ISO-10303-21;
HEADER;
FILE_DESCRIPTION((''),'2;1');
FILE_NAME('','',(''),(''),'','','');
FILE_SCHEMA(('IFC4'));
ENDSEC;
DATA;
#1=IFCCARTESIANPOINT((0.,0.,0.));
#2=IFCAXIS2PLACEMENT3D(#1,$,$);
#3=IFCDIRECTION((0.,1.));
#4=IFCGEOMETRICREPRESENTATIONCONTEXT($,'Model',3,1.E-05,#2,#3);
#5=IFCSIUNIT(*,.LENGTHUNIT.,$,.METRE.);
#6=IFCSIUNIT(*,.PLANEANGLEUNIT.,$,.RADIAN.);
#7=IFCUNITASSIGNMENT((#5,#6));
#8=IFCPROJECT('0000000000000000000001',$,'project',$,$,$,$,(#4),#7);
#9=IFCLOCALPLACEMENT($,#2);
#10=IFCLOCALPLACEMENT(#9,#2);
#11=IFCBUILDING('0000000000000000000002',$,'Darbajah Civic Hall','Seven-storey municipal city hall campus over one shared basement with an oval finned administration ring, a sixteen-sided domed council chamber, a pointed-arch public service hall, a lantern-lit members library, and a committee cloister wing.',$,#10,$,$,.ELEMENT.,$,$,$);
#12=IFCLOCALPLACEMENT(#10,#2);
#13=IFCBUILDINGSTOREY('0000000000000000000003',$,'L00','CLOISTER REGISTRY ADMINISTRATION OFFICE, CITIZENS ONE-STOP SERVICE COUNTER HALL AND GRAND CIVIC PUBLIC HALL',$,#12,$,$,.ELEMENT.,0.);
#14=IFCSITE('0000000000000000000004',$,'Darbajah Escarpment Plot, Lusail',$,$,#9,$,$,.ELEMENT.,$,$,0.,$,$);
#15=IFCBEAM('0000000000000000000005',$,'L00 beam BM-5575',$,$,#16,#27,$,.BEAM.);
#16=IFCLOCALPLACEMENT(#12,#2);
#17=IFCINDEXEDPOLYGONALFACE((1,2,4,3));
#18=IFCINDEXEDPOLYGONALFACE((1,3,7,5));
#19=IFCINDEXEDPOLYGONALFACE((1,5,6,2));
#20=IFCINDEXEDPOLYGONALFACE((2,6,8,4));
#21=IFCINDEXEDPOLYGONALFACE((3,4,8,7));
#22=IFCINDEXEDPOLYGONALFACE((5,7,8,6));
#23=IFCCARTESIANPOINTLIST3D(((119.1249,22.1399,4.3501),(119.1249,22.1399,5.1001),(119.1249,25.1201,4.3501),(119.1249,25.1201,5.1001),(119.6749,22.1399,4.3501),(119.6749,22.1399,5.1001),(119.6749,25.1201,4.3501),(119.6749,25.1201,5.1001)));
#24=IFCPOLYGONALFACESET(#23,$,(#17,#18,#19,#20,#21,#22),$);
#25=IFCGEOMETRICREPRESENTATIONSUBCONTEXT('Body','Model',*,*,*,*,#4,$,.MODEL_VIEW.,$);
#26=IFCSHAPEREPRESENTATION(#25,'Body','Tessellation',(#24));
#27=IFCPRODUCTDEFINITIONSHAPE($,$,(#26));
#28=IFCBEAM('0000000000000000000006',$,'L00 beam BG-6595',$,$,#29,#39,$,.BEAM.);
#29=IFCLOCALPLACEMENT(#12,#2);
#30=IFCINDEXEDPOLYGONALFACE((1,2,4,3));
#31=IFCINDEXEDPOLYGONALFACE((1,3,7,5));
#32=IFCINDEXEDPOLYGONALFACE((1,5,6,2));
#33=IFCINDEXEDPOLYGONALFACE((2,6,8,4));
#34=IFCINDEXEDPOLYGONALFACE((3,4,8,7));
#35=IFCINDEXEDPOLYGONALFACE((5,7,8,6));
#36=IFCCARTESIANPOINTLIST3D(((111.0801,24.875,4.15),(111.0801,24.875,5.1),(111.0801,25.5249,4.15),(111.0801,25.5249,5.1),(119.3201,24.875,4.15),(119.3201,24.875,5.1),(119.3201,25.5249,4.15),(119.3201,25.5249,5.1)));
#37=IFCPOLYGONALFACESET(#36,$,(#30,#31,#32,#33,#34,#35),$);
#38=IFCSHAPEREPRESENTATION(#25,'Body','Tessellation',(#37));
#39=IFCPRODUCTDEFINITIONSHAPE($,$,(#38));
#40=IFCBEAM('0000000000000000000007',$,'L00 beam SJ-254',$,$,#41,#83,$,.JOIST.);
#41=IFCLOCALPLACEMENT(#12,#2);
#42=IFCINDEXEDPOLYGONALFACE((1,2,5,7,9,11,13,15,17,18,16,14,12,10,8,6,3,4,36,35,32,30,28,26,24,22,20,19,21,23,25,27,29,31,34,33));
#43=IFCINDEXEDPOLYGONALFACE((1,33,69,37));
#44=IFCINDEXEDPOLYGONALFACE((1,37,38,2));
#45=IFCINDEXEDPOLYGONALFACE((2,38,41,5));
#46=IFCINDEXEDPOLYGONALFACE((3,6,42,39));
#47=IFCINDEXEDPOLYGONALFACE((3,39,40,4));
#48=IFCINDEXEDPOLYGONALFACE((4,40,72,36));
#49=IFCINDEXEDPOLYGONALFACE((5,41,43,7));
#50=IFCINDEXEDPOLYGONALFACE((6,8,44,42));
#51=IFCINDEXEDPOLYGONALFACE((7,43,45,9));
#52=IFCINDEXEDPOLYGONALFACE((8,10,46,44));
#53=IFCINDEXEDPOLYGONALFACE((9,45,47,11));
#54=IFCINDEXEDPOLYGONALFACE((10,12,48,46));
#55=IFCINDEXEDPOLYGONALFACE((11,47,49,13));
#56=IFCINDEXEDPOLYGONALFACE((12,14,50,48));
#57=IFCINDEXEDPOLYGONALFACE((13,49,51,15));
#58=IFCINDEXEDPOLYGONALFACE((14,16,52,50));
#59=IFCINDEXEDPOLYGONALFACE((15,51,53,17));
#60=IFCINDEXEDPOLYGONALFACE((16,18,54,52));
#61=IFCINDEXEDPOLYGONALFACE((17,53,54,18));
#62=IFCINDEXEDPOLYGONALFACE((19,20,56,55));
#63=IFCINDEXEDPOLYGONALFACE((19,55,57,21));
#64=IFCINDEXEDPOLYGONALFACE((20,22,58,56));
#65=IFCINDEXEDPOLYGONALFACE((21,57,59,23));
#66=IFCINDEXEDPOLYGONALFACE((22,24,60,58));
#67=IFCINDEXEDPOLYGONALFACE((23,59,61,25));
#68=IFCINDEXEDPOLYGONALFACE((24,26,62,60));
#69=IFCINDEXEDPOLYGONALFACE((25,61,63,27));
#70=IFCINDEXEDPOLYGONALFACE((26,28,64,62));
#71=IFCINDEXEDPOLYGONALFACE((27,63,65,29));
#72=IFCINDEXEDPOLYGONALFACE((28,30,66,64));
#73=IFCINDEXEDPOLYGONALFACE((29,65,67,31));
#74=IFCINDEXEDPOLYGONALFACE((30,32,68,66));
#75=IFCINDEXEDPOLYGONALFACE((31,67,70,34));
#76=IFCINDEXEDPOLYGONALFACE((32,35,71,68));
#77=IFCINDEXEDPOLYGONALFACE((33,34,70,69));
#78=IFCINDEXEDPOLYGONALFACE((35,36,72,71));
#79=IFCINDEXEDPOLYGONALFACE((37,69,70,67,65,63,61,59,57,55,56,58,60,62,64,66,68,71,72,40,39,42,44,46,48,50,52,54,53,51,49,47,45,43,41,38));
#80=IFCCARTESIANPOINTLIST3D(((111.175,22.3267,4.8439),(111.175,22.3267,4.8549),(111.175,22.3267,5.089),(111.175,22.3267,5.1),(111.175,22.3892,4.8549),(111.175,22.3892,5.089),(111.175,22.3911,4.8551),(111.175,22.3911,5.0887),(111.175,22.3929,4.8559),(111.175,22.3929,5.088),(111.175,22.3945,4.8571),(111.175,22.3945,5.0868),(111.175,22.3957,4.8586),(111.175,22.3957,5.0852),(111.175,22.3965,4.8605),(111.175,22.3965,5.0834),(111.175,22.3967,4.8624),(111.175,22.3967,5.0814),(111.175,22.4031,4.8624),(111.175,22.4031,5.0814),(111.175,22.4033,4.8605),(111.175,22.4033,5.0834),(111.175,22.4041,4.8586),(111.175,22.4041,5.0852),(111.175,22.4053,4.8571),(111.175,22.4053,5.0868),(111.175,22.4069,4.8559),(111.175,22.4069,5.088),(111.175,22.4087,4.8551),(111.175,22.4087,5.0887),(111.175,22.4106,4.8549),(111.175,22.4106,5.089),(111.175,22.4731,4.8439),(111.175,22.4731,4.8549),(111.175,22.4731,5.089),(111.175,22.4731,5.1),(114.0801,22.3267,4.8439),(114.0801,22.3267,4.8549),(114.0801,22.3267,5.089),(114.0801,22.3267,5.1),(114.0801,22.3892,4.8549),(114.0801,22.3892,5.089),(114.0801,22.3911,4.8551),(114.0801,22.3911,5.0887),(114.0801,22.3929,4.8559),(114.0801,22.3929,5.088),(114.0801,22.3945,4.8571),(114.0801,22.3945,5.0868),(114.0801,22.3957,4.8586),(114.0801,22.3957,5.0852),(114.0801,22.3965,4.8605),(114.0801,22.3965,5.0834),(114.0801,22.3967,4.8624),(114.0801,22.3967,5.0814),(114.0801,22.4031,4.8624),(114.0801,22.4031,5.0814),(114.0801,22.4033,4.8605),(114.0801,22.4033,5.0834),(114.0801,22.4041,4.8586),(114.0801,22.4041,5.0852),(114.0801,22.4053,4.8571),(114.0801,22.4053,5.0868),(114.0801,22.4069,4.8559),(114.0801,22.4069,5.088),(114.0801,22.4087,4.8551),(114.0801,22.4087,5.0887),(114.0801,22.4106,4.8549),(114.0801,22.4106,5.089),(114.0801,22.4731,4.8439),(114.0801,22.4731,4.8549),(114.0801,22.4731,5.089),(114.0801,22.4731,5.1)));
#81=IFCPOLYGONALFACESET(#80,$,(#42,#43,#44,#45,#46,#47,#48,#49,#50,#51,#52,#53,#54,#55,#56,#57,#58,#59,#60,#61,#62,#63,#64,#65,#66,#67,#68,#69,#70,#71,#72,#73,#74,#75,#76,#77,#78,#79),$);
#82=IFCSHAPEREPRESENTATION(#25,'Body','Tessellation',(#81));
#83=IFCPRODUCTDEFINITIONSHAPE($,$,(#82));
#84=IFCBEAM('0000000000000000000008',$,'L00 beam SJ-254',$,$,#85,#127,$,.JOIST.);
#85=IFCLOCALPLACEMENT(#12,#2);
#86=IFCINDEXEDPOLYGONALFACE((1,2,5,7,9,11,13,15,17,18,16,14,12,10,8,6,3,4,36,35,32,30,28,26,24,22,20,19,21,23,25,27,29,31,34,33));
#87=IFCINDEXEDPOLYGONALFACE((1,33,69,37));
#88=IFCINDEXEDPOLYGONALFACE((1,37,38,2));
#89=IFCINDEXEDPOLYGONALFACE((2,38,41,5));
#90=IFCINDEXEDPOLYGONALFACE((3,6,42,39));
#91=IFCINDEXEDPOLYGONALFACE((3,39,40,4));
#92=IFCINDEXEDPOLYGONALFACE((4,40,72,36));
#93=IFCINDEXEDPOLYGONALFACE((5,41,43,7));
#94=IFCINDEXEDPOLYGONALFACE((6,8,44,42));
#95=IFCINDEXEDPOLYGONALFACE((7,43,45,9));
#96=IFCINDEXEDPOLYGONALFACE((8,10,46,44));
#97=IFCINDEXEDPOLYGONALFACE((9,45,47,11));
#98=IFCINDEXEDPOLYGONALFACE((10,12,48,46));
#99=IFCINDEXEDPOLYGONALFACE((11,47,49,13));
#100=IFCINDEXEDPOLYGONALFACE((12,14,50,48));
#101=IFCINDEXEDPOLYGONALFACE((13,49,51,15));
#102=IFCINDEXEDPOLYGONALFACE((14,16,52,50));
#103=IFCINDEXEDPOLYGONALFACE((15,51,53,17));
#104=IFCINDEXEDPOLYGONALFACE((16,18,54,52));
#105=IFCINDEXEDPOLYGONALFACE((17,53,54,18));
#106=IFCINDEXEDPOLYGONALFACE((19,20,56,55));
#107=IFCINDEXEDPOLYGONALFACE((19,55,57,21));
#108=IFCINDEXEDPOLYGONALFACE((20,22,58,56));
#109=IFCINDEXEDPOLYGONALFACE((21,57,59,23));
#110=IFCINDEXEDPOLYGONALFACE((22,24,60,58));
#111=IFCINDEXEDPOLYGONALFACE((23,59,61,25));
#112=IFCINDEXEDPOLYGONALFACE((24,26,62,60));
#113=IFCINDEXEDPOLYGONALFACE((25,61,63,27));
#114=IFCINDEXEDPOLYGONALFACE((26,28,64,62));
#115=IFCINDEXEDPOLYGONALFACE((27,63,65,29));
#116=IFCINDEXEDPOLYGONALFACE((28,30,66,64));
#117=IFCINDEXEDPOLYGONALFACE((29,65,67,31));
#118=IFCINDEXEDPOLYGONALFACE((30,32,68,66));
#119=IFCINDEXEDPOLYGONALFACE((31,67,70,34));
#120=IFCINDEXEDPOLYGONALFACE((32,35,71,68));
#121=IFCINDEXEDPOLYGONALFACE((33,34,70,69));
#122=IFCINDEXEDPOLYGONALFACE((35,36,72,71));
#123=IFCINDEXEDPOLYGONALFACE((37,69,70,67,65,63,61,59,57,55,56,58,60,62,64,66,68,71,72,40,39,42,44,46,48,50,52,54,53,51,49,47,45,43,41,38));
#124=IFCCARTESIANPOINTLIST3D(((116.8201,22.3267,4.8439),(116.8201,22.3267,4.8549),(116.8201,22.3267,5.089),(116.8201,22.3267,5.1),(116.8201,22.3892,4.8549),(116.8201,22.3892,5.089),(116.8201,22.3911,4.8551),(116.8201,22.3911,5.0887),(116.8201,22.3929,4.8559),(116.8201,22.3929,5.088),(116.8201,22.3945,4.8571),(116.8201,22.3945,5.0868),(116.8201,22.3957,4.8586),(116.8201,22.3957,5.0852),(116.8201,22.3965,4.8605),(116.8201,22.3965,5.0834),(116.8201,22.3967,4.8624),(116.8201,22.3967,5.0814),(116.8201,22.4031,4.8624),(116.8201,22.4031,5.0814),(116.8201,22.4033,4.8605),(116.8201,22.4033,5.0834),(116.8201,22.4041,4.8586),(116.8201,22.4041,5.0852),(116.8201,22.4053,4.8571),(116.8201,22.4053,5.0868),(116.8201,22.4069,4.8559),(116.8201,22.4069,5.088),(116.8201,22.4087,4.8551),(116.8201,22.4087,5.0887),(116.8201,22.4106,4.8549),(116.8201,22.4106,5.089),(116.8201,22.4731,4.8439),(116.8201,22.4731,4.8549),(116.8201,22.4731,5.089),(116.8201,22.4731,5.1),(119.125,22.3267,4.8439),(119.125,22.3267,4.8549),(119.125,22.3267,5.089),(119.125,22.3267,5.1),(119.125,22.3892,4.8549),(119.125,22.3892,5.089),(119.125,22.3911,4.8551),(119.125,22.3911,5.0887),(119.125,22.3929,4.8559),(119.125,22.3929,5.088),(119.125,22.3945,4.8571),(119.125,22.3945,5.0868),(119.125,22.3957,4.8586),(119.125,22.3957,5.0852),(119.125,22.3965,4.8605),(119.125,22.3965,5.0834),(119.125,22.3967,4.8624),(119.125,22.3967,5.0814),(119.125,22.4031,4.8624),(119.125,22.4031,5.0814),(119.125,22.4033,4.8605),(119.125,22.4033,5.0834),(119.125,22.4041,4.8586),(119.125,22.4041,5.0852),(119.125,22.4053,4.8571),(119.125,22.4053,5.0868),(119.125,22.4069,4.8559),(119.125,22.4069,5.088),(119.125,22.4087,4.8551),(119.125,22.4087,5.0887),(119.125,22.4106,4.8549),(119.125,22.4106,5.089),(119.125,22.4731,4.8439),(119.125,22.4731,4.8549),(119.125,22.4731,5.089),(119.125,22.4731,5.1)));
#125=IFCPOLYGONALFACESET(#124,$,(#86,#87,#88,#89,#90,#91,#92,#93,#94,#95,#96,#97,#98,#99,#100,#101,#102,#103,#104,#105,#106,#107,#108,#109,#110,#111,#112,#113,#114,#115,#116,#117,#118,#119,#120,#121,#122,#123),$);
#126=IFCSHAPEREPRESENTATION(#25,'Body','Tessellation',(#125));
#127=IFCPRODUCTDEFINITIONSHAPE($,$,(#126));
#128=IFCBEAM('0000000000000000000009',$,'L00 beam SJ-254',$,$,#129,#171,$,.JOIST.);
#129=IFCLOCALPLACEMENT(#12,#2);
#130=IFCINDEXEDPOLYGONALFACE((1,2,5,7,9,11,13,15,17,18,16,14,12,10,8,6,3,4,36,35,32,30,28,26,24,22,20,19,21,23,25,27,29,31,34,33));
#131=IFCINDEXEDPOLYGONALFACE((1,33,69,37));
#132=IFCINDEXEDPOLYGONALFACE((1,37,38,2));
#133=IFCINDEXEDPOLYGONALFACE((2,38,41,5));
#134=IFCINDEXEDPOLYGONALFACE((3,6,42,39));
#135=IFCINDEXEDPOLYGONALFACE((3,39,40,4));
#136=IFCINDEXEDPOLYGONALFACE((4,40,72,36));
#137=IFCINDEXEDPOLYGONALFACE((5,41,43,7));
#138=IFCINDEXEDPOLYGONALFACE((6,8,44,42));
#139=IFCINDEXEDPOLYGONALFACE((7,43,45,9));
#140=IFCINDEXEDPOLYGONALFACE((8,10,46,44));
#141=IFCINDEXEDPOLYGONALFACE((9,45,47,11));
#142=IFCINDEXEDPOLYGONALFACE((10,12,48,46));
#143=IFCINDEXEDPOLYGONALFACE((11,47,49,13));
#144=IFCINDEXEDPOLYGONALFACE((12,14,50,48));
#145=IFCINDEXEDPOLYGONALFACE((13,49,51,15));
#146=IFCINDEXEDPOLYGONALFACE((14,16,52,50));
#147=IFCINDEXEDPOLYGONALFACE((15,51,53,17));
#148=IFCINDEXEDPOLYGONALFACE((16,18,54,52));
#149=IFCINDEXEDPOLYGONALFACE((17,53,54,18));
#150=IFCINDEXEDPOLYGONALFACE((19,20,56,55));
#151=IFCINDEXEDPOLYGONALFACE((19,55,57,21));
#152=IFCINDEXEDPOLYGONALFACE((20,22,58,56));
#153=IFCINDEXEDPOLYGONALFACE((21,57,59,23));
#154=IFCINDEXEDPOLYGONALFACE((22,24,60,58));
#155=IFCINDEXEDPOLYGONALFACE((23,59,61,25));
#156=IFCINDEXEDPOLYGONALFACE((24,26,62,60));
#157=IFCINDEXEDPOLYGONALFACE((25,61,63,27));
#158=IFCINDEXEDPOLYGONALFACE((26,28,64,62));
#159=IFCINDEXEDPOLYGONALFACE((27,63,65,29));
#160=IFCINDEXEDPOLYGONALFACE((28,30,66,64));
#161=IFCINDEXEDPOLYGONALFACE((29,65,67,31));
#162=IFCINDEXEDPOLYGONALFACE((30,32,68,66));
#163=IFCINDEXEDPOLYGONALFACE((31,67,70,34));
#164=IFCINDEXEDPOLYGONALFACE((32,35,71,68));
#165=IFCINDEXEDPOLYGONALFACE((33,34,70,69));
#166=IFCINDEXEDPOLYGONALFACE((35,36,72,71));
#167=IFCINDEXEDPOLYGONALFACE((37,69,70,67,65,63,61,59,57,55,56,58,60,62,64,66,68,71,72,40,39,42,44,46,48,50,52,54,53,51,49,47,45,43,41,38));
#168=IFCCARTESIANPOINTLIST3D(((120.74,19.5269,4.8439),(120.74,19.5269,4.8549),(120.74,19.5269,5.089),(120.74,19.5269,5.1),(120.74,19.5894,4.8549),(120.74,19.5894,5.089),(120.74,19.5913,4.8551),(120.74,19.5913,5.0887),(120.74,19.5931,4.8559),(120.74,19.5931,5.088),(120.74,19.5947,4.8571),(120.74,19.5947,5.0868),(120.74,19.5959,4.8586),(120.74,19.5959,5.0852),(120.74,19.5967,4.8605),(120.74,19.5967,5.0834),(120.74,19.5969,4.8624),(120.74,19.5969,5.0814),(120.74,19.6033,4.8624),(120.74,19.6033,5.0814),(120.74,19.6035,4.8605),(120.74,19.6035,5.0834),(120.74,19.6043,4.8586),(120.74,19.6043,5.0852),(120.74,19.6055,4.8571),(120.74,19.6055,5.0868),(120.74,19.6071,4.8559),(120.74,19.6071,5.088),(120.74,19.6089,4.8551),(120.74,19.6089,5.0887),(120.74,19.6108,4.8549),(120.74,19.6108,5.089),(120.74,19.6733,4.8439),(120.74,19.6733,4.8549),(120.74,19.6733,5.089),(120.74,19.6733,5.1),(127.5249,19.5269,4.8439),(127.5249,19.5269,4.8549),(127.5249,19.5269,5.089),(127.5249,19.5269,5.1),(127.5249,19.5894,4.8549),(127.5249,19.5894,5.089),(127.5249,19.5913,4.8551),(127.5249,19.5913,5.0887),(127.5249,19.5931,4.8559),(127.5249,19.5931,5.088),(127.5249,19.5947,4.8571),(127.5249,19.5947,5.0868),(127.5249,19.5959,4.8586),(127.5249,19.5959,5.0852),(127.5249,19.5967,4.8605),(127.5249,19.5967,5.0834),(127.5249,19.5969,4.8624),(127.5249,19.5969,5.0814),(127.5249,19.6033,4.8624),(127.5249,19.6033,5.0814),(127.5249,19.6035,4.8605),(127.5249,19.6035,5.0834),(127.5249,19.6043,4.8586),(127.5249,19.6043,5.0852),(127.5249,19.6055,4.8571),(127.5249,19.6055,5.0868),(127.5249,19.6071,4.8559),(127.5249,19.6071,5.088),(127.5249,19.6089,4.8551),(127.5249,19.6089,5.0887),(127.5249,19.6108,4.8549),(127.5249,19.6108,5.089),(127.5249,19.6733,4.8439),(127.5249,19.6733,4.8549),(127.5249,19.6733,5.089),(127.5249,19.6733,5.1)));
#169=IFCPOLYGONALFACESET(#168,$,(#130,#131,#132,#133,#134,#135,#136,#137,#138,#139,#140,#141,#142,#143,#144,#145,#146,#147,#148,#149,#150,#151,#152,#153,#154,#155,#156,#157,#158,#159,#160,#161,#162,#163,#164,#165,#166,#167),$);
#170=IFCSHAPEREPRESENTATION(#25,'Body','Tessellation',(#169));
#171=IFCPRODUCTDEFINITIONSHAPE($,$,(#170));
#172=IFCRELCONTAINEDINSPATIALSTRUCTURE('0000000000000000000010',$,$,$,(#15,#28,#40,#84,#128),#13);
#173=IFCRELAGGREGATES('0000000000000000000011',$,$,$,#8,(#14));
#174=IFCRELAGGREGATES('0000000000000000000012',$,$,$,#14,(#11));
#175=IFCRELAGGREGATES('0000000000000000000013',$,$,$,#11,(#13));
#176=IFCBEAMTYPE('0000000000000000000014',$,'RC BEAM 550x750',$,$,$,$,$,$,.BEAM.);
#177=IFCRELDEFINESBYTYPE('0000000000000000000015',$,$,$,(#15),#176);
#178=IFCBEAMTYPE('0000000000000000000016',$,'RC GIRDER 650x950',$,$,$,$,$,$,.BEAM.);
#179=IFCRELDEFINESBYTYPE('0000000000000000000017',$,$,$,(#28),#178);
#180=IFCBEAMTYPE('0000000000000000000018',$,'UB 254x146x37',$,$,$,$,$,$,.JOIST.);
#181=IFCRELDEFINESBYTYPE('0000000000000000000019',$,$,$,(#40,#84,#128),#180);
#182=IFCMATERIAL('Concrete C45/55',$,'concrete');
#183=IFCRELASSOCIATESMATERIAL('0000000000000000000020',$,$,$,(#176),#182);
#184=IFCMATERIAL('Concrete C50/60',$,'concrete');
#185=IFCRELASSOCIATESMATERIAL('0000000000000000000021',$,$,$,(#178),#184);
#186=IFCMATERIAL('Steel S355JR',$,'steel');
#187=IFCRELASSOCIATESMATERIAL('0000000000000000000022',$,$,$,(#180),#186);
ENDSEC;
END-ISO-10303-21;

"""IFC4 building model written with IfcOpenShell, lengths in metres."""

from ifc_helpers import new_model, si_unit, direction, frame, origin, origin_2d, place, context, subcontext, project, spatial, rectangle, i_section, extrude, material, material_profile, profile_set, type_object, element, save


model = new_model("IFC4")

# Units and contexts
model_context = context("Model", 3, precision=1e-05, world=origin(), true_north=direction((0.0, 1.0)))
body_context = subcontext(model_context, "Body", "Model", "MODEL_VIEW")
ifc_project = project(units=[si_unit("LENGTHUNIT", "METRE"), si_unit("PLANEANGLEUNIT", "RADIAN")], contexts=[model_context])

# Site, building, storey
site_placement = place(None, origin())
site = spatial("IfcSite", under=ifc_project, at=site_placement, Name="Darbajah Escarpment Plot, Lusail", CompositionType="ELEMENT", RefElevation=0.0)
building_placement = place(site_placement, origin())
building = spatial("IfcBuilding", under=site, at=building_placement, Name="Darbajah Civic Hall", Description="Seven-storey municipal city hall campus over one shared basement with an oval finned administration ring, a sixteen-sided domed council chamber, a pointed-arch public service hall, a lantern-lit members library, and a committee cloister wing.", CompositionType="ELEMENT")
storey_placement = place(building_placement, origin())
storey = spatial("IfcBuildingStorey", under=building, at=storey_placement, Name="L00", Description="CLOISTER REGISTRY ADMINISTRATION OFFICE, CITIZENS ONE-STOP SERVICE COUNTER HALL AND GRAND CIVIC PUBLIC HALL", CompositionType="ELEMENT", Elevation=0.0)

# Beams
ifc_material_1 = material(Name="Concrete C45/55", Category="concrete")
ifc_material_profile_1 = material_profile(ifc_material_1, rectangle(XDim=0.55, YDim=0.75, at=origin_2d()), Name="RC BEAM 550x750")
ifc_profile_set_1 = profile_set([ifc_material_profile_1], Name="Concrete C45/55")
beam_type_1 = type_object("IfcBeamType", Name="RC BEAM 550x750", PredefinedType="BEAM", material=ifc_profile_set_1)
beam_1_placement = place(storey_placement, frame((119.3999, 22.1399, 4.7251), z_axis=(0.0, 1.0, 0.0), x_axis=(-1.0, 0.0, 0.0)))
element("IfcBeam", 1, at=beam_1_placement, inside=storey, type_object=beam_type_1, Name="L00 beam BM-5575", PredefinedType="BEAM", context=body_context, shape_type="SweptSolid", body=[
    extrude(rectangle(XDim=0.55, YDim=0.75, at=origin_2d()), origin(), (0.0, 0.0, 1.0), 2.9802),
])
ifc_material_2 = material(Name="Concrete C50/60", Category="concrete")
ifc_material_profile_2 = material_profile(ifc_material_2, rectangle(XDim=0.6499, YDim=0.95, at=origin_2d()), Name="RC GIRDER 650x950")
ifc_profile_set_2 = profile_set([ifc_material_profile_2], Name="Concrete C50/60")
beam_type_2 = type_object("IfcBeamType", Name="RC GIRDER 650x950", PredefinedType="BEAM", material=ifc_profile_set_2)
beam_2_placement = place(storey_placement, frame((111.0801, 25.2, 4.625), z_axis=(1.0, 0.0, 0.0), x_axis=(0.0, 1.0, 0.0)))
element("IfcBeam", 2, at=beam_2_placement, inside=storey, type_object=beam_type_2, Name="L00 beam BG-6595", PredefinedType="BEAM", context=body_context, shape_type="SweptSolid", body=[
    extrude(rectangle(XDim=0.6499, YDim=0.95, at=origin_2d()), origin(), (0.0, 0.0, 1.0), 8.24),
])
ifc_material_3 = material(Name="Steel S355JR", Category="steel")
ifc_material_profile_3 = material_profile(ifc_material_3, i_section(OverallWidth=0.1465, OverallDepth=0.2561, WebThickness=0.0063, FlangeThickness=0.011, FilletRadius=0.0076, at=origin_2d()), Name="UB 254x146x37")
ifc_profile_set_3 = profile_set([ifc_material_profile_3], Name="Steel S355JR")
beam_type_3 = type_object("IfcBeamType", Name="UB 254x146x37", PredefinedType="JOIST", material=ifc_profile_set_3)
beam_3_placement = place(storey_placement, frame((111.175, 22.3999, 4.9719), z_axis=(1.0, 0.0, 0.0), x_axis=(0.0, 1.0, 0.0)))
element("IfcBeam", 3, at=beam_3_placement, inside=storey, type_object=beam_type_3, Name="L00 beam SJ-254", PredefinedType="JOIST", context=body_context, shape_type="SweptSolid", body=[
    extrude(i_section(OverallWidth=0.1465, OverallDepth=0.2561, WebThickness=0.0063, FlangeThickness=0.011, FilletRadius=0.0076, at=origin_2d()), origin(), (0.0, 0.0, 1.0), 2.905),
])
beam_4_placement = place(storey_placement, frame((116.8201, 22.3999, 4.9719), z_axis=(1.0, 0.0, 0.0), x_axis=(0.0, 1.0, 0.0)))
element("IfcBeam", 4, at=beam_4_placement, inside=storey, type_object=beam_type_3, Name="L00 beam SJ-254", PredefinedType="JOIST", context=body_context, shape_type="SweptSolid", body=[
    extrude(i_section(OverallWidth=0.1465, OverallDepth=0.2561, WebThickness=0.0063, FlangeThickness=0.011, FilletRadius=0.0076, at=origin_2d()), origin(), (0.0, 0.0, 1.0), 2.3049),
])
beam_5_placement = place(storey_placement, frame((120.74, 19.6001, 4.9719), z_axis=(1.0, 0.0, 0.0), x_axis=(0.0, 1.0, 0.0)))
element("IfcBeam", 5, at=beam_5_placement, inside=storey, type_object=beam_type_3, Name="L00 beam SJ-254", PredefinedType="JOIST", context=body_context, shape_type="SweptSolid", body=[
    extrude(i_section(OverallWidth=0.1465, OverallDepth=0.2561, WebThickness=0.0063, FlangeThickness=0.011, FilletRadius=0.0076, at=origin_2d()), origin(), (0.0, 0.0, 1.0), 6.7849),
])

save(model, "model.ifc")
